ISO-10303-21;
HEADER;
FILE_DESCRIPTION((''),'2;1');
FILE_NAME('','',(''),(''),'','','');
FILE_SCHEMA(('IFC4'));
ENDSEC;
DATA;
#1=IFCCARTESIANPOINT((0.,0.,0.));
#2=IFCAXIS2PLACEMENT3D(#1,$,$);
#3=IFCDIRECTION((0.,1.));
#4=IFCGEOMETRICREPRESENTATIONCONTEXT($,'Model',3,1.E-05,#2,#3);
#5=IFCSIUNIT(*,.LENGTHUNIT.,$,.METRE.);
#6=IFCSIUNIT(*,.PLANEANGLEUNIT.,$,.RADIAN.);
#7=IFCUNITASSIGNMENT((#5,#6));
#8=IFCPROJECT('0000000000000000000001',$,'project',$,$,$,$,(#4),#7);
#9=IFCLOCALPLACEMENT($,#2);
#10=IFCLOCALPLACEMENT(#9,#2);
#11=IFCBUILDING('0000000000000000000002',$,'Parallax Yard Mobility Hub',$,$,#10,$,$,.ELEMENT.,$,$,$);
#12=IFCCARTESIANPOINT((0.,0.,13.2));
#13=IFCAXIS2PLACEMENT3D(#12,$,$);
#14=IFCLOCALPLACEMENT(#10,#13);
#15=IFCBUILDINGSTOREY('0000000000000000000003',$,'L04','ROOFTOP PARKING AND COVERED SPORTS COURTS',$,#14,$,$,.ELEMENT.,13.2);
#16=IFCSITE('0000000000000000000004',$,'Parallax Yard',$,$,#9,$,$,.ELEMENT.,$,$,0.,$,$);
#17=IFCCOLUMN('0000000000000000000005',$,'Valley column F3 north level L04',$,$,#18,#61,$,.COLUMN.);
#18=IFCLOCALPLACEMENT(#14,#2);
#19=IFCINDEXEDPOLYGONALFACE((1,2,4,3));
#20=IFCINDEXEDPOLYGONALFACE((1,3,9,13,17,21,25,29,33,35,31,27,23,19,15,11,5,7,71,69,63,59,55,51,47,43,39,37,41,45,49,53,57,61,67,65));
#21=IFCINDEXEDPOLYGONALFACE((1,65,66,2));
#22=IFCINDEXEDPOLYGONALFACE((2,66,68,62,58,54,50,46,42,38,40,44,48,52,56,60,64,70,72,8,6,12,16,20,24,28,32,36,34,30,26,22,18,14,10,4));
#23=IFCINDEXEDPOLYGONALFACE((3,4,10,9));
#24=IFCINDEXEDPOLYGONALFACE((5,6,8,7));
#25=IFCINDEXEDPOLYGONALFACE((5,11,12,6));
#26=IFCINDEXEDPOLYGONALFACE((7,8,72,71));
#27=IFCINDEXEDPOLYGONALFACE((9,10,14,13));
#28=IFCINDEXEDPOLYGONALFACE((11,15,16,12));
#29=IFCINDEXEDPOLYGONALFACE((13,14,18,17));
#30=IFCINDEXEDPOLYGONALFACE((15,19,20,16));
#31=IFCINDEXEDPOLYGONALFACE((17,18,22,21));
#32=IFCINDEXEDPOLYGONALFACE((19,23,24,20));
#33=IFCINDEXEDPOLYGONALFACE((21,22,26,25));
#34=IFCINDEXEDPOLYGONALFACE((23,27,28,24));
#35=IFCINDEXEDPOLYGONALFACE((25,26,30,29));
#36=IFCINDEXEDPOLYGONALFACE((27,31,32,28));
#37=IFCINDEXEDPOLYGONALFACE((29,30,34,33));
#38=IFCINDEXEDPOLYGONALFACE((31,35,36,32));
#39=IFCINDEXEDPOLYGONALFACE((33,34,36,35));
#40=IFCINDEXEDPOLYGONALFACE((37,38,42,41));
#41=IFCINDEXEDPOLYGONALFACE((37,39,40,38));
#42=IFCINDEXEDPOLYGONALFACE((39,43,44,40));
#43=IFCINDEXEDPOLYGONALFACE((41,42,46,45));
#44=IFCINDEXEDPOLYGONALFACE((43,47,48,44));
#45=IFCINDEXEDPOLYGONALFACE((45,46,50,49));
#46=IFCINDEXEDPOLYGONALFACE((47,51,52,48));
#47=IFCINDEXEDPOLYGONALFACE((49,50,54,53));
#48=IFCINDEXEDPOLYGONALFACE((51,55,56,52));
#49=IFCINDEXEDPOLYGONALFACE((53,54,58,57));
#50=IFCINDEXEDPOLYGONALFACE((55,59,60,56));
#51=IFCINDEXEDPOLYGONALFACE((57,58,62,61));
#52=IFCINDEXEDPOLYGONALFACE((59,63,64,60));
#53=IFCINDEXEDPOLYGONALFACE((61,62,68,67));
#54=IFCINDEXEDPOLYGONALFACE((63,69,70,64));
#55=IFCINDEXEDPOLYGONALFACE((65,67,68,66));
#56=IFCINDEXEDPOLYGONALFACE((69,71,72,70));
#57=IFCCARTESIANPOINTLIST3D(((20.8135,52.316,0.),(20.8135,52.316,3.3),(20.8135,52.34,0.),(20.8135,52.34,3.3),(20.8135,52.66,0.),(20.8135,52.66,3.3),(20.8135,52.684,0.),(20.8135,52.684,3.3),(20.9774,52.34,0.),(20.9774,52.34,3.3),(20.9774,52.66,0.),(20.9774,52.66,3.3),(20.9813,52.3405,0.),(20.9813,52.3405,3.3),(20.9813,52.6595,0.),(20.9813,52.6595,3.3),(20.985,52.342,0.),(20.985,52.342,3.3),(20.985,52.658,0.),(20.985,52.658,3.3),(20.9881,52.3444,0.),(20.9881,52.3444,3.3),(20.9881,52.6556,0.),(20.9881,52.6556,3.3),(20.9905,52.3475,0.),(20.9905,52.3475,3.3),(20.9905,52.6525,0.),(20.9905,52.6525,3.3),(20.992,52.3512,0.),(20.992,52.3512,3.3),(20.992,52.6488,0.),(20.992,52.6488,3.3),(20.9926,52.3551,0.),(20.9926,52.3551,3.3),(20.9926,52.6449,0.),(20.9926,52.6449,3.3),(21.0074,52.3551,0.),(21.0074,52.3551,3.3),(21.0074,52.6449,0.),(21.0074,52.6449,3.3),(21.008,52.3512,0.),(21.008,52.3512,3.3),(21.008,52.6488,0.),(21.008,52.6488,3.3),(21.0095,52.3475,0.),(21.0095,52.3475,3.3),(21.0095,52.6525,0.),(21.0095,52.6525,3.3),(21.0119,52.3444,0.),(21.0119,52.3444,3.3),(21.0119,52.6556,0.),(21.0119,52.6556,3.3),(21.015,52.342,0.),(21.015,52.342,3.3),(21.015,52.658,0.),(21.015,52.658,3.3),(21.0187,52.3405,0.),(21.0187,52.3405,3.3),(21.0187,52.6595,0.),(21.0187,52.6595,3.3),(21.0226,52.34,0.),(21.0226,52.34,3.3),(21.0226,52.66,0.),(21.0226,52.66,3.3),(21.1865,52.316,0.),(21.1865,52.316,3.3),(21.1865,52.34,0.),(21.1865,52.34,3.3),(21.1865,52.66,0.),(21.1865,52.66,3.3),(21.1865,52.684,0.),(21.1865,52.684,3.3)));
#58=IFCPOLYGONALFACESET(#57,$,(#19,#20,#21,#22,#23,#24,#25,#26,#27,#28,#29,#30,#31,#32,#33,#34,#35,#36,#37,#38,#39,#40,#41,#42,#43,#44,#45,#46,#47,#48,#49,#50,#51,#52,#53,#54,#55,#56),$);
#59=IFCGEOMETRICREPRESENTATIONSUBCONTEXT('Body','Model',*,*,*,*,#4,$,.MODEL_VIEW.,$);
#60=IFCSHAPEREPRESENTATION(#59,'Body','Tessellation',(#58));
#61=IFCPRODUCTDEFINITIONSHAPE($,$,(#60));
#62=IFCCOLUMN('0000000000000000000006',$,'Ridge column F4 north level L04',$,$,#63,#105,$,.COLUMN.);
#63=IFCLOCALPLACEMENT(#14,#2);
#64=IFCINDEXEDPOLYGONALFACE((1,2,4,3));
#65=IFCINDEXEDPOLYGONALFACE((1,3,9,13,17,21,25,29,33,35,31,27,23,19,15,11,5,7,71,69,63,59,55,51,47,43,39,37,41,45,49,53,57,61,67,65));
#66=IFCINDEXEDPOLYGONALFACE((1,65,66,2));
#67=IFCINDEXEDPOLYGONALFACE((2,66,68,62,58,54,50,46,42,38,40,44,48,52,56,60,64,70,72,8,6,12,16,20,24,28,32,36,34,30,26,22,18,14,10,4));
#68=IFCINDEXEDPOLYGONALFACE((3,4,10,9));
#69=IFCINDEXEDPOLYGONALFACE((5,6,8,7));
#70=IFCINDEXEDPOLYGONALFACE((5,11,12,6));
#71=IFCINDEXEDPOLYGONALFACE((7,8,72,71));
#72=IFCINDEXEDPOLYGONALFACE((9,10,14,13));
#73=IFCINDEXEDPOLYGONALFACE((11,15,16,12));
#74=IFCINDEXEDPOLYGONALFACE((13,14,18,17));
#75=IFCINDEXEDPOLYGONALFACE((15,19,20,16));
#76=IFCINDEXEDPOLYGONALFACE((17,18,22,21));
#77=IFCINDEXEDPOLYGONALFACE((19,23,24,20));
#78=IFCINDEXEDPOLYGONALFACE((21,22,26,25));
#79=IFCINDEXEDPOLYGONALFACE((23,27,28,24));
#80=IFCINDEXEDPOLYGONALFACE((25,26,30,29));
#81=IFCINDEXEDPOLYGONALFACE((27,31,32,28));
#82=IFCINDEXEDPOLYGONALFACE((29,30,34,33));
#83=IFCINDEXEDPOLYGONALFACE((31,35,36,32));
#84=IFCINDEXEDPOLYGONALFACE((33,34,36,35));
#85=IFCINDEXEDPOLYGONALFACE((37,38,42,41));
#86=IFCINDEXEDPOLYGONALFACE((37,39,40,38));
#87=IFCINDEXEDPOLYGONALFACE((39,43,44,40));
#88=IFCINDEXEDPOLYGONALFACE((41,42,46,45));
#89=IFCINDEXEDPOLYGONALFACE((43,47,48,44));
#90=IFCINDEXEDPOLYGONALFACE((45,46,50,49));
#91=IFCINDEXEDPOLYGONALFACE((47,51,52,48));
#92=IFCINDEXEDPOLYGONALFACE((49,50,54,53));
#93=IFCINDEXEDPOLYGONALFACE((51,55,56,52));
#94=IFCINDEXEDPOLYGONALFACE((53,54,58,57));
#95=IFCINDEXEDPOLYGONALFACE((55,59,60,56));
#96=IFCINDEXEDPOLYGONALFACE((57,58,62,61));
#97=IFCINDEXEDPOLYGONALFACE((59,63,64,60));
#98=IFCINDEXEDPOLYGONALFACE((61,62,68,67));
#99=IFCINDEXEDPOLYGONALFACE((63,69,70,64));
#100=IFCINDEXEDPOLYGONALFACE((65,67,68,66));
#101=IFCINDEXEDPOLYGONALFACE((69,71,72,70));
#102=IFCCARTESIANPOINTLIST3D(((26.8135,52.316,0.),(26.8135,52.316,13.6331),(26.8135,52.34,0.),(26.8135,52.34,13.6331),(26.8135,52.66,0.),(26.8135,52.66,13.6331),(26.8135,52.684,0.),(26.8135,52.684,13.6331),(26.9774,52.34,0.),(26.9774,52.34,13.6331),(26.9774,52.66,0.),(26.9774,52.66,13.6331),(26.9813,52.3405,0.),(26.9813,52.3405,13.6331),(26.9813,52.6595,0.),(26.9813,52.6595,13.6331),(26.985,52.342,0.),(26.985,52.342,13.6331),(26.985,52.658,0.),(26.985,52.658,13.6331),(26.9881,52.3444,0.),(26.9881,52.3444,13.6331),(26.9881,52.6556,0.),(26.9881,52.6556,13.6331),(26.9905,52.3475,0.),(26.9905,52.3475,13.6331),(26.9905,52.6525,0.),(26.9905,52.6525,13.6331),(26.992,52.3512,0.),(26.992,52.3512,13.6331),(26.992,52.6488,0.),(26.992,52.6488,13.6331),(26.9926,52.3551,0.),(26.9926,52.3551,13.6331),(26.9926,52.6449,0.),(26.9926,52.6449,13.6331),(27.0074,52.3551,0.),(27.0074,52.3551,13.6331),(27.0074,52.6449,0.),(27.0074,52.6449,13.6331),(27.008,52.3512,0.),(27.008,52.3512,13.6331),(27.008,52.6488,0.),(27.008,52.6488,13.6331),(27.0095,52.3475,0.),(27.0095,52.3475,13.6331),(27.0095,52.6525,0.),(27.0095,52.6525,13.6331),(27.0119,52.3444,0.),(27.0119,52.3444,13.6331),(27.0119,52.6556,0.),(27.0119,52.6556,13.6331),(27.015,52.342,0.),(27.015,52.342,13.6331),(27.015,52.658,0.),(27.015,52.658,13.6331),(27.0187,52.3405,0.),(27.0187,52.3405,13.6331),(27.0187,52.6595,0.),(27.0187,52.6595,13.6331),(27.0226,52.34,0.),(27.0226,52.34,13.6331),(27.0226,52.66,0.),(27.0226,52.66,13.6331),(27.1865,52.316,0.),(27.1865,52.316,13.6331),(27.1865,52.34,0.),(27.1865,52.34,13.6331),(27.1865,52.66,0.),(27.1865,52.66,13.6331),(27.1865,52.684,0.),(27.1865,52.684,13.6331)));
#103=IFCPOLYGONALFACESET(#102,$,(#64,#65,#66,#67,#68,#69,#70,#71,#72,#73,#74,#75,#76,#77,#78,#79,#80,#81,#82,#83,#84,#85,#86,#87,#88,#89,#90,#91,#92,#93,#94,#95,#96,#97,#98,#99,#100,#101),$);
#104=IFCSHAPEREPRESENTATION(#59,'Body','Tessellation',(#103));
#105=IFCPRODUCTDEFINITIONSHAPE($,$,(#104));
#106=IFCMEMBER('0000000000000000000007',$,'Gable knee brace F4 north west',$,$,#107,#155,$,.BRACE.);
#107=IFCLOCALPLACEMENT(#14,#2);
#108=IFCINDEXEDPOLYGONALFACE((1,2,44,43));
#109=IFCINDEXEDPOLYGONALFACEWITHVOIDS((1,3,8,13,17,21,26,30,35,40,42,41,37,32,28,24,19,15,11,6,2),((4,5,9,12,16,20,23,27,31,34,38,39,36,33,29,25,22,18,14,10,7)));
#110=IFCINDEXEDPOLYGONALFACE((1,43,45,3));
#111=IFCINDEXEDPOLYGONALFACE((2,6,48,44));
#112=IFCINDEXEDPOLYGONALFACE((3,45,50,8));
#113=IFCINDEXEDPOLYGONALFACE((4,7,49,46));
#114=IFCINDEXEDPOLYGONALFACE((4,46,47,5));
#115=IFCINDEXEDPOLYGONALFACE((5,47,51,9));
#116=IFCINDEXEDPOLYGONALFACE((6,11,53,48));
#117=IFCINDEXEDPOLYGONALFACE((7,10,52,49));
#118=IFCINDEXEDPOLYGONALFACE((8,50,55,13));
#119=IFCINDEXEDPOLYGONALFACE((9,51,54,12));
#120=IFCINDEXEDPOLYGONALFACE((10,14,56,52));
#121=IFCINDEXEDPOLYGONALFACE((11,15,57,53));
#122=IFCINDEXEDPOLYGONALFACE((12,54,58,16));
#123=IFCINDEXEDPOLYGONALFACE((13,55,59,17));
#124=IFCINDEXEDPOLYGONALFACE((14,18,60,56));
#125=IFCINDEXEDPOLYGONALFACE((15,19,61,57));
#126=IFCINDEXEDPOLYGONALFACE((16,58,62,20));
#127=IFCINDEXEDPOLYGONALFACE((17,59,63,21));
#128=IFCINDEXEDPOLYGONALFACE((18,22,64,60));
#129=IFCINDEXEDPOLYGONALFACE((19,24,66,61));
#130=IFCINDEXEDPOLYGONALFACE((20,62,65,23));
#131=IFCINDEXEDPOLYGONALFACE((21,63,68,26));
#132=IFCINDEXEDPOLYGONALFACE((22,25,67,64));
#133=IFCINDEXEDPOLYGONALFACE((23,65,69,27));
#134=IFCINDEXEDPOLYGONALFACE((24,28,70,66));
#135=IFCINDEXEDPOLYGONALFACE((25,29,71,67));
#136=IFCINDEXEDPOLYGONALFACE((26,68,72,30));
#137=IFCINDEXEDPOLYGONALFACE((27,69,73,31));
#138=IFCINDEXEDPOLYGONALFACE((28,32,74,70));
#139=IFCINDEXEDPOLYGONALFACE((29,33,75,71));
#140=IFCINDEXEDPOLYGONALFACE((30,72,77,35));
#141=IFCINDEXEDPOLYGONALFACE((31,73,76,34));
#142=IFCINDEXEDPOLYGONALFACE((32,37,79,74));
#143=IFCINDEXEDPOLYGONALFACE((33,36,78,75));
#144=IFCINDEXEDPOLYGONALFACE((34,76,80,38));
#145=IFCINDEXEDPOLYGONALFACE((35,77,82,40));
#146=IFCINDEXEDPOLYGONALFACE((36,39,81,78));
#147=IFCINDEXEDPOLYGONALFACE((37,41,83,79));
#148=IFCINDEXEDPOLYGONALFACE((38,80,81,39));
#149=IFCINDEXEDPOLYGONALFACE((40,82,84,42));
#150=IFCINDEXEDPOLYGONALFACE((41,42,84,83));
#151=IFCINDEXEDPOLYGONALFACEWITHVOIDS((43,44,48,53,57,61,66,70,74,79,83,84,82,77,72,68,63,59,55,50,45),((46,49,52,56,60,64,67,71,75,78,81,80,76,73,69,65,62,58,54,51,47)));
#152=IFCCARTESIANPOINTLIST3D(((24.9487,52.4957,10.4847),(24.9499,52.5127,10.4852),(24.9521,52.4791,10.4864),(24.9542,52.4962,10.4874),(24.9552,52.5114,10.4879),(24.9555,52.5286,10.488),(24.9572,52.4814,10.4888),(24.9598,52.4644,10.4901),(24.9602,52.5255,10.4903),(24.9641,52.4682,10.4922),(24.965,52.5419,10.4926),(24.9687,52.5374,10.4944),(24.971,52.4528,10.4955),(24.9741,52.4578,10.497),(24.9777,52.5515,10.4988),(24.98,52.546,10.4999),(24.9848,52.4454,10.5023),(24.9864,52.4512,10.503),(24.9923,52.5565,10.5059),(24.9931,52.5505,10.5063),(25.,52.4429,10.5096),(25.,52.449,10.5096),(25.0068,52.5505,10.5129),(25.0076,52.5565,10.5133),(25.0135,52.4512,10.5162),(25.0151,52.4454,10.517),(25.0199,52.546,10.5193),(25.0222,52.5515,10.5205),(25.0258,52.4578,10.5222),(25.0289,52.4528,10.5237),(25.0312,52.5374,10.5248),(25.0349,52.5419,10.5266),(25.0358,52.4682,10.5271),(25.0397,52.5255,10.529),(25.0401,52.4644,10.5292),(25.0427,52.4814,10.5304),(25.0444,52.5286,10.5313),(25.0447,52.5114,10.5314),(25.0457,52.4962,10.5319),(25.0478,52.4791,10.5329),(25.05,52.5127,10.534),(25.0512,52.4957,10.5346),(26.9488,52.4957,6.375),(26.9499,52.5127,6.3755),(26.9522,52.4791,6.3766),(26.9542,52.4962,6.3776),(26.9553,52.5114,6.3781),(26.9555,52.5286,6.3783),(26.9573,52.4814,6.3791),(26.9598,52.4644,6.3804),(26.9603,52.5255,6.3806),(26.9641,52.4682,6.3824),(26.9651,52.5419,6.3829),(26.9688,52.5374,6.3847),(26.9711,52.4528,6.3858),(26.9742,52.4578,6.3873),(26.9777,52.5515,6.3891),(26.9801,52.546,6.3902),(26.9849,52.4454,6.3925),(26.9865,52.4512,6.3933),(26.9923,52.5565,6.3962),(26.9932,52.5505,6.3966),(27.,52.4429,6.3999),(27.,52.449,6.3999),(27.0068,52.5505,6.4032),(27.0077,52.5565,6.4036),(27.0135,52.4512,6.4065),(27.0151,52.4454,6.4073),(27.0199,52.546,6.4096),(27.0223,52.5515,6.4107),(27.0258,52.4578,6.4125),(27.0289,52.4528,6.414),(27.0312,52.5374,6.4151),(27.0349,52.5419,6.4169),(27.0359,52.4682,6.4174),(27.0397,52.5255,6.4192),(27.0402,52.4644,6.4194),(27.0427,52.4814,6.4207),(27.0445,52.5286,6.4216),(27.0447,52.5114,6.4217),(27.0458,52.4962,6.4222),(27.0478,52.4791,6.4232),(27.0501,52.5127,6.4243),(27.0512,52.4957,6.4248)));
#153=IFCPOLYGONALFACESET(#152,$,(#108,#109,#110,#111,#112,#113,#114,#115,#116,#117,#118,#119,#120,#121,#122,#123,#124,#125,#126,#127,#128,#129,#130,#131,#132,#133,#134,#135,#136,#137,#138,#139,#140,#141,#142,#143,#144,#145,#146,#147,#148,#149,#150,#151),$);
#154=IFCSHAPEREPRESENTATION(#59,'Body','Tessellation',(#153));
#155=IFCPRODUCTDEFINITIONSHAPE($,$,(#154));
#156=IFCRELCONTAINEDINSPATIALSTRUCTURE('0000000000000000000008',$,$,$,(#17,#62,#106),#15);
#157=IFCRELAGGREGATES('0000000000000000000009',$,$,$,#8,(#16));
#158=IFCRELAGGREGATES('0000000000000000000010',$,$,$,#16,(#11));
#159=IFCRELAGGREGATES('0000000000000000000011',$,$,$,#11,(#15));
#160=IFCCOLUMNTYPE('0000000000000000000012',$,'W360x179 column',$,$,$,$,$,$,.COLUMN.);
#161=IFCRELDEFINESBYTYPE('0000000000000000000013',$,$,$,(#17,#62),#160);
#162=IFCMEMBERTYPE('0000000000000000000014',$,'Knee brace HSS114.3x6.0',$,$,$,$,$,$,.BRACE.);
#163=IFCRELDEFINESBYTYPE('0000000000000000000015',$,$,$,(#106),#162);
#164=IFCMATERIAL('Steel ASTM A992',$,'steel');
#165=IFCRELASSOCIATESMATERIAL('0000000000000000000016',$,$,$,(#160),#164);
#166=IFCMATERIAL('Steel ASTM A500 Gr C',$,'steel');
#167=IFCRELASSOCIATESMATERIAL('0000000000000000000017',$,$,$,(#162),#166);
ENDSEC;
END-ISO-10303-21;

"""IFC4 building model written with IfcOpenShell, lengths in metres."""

from ifc_helpers import new_model, si_unit, direction, frame, origin, origin_2d, place, context, subcontext, project, spatial, hollow_circle, i_section, extrude, material, material_profile, profile_set, type_object, element, save


model = new_model("IFC4")

# Units and contexts
model_context = context("Model", 3, precision=1e-05, world=origin(), true_north=direction((0.0, 1.0)))
body_context = subcontext(model_context, "Body", "Model", "MODEL_VIEW")
ifc_project = project(units=[si_unit("LENGTHUNIT", "METRE"), si_unit("PLANEANGLEUNIT", "RADIAN")], contexts=[model_context])

# Site, building, storey
site_placement = place(None, origin())
site = spatial("IfcSite", under=ifc_project, at=site_placement, Name="Parallax Yard", CompositionType="ELEMENT", RefElevation=0.0)
building_placement = place(site_placement, origin())
building = spatial("IfcBuilding", under=site, at=building_placement, Name="Parallax Yard Mobility Hub", CompositionType="ELEMENT")
storey_placement = place(building_placement, frame((0.0, 0.0, 13.2)))
storey = spatial("IfcBuildingStorey", under=building, at=storey_placement, Name="L04", Description="ROOFTOP PARKING AND COVERED SPORTS COURTS", CompositionType="ELEMENT", Elevation=13.2)

# Columns
ifc_material_1 = material(Name="Steel ASTM A992", Category="steel")
ifc_material_profile_1 = material_profile(ifc_material_1, i_section(OverallWidth=0.373, OverallDepth=0.3679, WebThickness=0.0149, FlangeThickness=0.0239, FilletRadius=0.0151, at=origin_2d()), Name="W360x179")
ifc_profile_set_1 = profile_set([ifc_material_profile_1], Name="Steel ASTM A992")
column_type = type_object("IfcColumnType", Name="W360x179 column", PredefinedType="COLUMN", material=ifc_profile_set_1)
column_1_placement = place(storey_placement, frame((21.0, 52.5, 0.0), z_axis=(0.0, 0.0, 1.0), x_axis=(1.0, 0.0, 0.0)))
element("IfcColumn", 1, at=column_1_placement, inside=storey, type_object=column_type, Name="Valley column F3 north level L04", PredefinedType="COLUMN", context=body_context, shape_type="SweptSolid", body=[
    extrude(i_section(OverallWidth=0.373, OverallDepth=0.3679, WebThickness=0.0149, FlangeThickness=0.0239, FilletRadius=0.0151, at=origin_2d()), origin(), (0.0, 0.0, 1.0), 3.3),
])
column_2_placement = place(storey_placement, frame((27.0, 52.5, 0.0), z_axis=(0.0, 0.0, 1.0), x_axis=(1.0, 0.0, 0.0)))
element("IfcColumn", 2, at=column_2_placement, inside=storey, type_object=column_type, Name="Ridge column F4 north level L04", PredefinedType="COLUMN", context=body_context, shape_type="SweptSolid", body=[
    extrude(i_section(OverallWidth=0.373, OverallDepth=0.3679, WebThickness=0.0149, FlangeThickness=0.0239, FilletRadius=0.0151, at=origin_2d()), origin(), (0.0, 0.0, 1.0), 13.6331),
])

# Member
ifc_material_2 = material(Name="Steel ASTM A500 Gr C", Category="steel")
ifc_material_profile_2 = material_profile(ifc_material_2, hollow_circle(Radius=0.0571, WallThickness=0.0061, at=origin_2d()), Name="HSS114.3x6.0")
ifc_profile_set_2 = profile_set([ifc_material_profile_2], Name="Steel ASTM A500 Gr C")
member_type_1 = type_object("IfcMemberType", Name="Knee brace HSS114.3x6.0", PredefinedType="BRACE", material=ifc_profile_set_2)
for number, where, z_axis, x_axis, name in (
    (3, (27.0, 52.5, 6.3999), (-0.437594, 0.0, 0.899173), (0.0, -1.0, 0.0), "Gable knee brace F4 north west"),
):
    element("IfcMember", number, at=place(storey_placement, frame(where, z_axis=z_axis, x_axis=x_axis)), inside=storey, type_object=member_type_1, Name=name, PredefinedType="BRACE", context=body_context, shape_type="SweptSolid", body=[
        extrude(hollow_circle(Radius=0.0571, WallThickness=0.0061, at=origin_2d()), origin(), (0.0, 0.0, 1.0), 4.5706),
    ])

save(model, "model.ifc")
